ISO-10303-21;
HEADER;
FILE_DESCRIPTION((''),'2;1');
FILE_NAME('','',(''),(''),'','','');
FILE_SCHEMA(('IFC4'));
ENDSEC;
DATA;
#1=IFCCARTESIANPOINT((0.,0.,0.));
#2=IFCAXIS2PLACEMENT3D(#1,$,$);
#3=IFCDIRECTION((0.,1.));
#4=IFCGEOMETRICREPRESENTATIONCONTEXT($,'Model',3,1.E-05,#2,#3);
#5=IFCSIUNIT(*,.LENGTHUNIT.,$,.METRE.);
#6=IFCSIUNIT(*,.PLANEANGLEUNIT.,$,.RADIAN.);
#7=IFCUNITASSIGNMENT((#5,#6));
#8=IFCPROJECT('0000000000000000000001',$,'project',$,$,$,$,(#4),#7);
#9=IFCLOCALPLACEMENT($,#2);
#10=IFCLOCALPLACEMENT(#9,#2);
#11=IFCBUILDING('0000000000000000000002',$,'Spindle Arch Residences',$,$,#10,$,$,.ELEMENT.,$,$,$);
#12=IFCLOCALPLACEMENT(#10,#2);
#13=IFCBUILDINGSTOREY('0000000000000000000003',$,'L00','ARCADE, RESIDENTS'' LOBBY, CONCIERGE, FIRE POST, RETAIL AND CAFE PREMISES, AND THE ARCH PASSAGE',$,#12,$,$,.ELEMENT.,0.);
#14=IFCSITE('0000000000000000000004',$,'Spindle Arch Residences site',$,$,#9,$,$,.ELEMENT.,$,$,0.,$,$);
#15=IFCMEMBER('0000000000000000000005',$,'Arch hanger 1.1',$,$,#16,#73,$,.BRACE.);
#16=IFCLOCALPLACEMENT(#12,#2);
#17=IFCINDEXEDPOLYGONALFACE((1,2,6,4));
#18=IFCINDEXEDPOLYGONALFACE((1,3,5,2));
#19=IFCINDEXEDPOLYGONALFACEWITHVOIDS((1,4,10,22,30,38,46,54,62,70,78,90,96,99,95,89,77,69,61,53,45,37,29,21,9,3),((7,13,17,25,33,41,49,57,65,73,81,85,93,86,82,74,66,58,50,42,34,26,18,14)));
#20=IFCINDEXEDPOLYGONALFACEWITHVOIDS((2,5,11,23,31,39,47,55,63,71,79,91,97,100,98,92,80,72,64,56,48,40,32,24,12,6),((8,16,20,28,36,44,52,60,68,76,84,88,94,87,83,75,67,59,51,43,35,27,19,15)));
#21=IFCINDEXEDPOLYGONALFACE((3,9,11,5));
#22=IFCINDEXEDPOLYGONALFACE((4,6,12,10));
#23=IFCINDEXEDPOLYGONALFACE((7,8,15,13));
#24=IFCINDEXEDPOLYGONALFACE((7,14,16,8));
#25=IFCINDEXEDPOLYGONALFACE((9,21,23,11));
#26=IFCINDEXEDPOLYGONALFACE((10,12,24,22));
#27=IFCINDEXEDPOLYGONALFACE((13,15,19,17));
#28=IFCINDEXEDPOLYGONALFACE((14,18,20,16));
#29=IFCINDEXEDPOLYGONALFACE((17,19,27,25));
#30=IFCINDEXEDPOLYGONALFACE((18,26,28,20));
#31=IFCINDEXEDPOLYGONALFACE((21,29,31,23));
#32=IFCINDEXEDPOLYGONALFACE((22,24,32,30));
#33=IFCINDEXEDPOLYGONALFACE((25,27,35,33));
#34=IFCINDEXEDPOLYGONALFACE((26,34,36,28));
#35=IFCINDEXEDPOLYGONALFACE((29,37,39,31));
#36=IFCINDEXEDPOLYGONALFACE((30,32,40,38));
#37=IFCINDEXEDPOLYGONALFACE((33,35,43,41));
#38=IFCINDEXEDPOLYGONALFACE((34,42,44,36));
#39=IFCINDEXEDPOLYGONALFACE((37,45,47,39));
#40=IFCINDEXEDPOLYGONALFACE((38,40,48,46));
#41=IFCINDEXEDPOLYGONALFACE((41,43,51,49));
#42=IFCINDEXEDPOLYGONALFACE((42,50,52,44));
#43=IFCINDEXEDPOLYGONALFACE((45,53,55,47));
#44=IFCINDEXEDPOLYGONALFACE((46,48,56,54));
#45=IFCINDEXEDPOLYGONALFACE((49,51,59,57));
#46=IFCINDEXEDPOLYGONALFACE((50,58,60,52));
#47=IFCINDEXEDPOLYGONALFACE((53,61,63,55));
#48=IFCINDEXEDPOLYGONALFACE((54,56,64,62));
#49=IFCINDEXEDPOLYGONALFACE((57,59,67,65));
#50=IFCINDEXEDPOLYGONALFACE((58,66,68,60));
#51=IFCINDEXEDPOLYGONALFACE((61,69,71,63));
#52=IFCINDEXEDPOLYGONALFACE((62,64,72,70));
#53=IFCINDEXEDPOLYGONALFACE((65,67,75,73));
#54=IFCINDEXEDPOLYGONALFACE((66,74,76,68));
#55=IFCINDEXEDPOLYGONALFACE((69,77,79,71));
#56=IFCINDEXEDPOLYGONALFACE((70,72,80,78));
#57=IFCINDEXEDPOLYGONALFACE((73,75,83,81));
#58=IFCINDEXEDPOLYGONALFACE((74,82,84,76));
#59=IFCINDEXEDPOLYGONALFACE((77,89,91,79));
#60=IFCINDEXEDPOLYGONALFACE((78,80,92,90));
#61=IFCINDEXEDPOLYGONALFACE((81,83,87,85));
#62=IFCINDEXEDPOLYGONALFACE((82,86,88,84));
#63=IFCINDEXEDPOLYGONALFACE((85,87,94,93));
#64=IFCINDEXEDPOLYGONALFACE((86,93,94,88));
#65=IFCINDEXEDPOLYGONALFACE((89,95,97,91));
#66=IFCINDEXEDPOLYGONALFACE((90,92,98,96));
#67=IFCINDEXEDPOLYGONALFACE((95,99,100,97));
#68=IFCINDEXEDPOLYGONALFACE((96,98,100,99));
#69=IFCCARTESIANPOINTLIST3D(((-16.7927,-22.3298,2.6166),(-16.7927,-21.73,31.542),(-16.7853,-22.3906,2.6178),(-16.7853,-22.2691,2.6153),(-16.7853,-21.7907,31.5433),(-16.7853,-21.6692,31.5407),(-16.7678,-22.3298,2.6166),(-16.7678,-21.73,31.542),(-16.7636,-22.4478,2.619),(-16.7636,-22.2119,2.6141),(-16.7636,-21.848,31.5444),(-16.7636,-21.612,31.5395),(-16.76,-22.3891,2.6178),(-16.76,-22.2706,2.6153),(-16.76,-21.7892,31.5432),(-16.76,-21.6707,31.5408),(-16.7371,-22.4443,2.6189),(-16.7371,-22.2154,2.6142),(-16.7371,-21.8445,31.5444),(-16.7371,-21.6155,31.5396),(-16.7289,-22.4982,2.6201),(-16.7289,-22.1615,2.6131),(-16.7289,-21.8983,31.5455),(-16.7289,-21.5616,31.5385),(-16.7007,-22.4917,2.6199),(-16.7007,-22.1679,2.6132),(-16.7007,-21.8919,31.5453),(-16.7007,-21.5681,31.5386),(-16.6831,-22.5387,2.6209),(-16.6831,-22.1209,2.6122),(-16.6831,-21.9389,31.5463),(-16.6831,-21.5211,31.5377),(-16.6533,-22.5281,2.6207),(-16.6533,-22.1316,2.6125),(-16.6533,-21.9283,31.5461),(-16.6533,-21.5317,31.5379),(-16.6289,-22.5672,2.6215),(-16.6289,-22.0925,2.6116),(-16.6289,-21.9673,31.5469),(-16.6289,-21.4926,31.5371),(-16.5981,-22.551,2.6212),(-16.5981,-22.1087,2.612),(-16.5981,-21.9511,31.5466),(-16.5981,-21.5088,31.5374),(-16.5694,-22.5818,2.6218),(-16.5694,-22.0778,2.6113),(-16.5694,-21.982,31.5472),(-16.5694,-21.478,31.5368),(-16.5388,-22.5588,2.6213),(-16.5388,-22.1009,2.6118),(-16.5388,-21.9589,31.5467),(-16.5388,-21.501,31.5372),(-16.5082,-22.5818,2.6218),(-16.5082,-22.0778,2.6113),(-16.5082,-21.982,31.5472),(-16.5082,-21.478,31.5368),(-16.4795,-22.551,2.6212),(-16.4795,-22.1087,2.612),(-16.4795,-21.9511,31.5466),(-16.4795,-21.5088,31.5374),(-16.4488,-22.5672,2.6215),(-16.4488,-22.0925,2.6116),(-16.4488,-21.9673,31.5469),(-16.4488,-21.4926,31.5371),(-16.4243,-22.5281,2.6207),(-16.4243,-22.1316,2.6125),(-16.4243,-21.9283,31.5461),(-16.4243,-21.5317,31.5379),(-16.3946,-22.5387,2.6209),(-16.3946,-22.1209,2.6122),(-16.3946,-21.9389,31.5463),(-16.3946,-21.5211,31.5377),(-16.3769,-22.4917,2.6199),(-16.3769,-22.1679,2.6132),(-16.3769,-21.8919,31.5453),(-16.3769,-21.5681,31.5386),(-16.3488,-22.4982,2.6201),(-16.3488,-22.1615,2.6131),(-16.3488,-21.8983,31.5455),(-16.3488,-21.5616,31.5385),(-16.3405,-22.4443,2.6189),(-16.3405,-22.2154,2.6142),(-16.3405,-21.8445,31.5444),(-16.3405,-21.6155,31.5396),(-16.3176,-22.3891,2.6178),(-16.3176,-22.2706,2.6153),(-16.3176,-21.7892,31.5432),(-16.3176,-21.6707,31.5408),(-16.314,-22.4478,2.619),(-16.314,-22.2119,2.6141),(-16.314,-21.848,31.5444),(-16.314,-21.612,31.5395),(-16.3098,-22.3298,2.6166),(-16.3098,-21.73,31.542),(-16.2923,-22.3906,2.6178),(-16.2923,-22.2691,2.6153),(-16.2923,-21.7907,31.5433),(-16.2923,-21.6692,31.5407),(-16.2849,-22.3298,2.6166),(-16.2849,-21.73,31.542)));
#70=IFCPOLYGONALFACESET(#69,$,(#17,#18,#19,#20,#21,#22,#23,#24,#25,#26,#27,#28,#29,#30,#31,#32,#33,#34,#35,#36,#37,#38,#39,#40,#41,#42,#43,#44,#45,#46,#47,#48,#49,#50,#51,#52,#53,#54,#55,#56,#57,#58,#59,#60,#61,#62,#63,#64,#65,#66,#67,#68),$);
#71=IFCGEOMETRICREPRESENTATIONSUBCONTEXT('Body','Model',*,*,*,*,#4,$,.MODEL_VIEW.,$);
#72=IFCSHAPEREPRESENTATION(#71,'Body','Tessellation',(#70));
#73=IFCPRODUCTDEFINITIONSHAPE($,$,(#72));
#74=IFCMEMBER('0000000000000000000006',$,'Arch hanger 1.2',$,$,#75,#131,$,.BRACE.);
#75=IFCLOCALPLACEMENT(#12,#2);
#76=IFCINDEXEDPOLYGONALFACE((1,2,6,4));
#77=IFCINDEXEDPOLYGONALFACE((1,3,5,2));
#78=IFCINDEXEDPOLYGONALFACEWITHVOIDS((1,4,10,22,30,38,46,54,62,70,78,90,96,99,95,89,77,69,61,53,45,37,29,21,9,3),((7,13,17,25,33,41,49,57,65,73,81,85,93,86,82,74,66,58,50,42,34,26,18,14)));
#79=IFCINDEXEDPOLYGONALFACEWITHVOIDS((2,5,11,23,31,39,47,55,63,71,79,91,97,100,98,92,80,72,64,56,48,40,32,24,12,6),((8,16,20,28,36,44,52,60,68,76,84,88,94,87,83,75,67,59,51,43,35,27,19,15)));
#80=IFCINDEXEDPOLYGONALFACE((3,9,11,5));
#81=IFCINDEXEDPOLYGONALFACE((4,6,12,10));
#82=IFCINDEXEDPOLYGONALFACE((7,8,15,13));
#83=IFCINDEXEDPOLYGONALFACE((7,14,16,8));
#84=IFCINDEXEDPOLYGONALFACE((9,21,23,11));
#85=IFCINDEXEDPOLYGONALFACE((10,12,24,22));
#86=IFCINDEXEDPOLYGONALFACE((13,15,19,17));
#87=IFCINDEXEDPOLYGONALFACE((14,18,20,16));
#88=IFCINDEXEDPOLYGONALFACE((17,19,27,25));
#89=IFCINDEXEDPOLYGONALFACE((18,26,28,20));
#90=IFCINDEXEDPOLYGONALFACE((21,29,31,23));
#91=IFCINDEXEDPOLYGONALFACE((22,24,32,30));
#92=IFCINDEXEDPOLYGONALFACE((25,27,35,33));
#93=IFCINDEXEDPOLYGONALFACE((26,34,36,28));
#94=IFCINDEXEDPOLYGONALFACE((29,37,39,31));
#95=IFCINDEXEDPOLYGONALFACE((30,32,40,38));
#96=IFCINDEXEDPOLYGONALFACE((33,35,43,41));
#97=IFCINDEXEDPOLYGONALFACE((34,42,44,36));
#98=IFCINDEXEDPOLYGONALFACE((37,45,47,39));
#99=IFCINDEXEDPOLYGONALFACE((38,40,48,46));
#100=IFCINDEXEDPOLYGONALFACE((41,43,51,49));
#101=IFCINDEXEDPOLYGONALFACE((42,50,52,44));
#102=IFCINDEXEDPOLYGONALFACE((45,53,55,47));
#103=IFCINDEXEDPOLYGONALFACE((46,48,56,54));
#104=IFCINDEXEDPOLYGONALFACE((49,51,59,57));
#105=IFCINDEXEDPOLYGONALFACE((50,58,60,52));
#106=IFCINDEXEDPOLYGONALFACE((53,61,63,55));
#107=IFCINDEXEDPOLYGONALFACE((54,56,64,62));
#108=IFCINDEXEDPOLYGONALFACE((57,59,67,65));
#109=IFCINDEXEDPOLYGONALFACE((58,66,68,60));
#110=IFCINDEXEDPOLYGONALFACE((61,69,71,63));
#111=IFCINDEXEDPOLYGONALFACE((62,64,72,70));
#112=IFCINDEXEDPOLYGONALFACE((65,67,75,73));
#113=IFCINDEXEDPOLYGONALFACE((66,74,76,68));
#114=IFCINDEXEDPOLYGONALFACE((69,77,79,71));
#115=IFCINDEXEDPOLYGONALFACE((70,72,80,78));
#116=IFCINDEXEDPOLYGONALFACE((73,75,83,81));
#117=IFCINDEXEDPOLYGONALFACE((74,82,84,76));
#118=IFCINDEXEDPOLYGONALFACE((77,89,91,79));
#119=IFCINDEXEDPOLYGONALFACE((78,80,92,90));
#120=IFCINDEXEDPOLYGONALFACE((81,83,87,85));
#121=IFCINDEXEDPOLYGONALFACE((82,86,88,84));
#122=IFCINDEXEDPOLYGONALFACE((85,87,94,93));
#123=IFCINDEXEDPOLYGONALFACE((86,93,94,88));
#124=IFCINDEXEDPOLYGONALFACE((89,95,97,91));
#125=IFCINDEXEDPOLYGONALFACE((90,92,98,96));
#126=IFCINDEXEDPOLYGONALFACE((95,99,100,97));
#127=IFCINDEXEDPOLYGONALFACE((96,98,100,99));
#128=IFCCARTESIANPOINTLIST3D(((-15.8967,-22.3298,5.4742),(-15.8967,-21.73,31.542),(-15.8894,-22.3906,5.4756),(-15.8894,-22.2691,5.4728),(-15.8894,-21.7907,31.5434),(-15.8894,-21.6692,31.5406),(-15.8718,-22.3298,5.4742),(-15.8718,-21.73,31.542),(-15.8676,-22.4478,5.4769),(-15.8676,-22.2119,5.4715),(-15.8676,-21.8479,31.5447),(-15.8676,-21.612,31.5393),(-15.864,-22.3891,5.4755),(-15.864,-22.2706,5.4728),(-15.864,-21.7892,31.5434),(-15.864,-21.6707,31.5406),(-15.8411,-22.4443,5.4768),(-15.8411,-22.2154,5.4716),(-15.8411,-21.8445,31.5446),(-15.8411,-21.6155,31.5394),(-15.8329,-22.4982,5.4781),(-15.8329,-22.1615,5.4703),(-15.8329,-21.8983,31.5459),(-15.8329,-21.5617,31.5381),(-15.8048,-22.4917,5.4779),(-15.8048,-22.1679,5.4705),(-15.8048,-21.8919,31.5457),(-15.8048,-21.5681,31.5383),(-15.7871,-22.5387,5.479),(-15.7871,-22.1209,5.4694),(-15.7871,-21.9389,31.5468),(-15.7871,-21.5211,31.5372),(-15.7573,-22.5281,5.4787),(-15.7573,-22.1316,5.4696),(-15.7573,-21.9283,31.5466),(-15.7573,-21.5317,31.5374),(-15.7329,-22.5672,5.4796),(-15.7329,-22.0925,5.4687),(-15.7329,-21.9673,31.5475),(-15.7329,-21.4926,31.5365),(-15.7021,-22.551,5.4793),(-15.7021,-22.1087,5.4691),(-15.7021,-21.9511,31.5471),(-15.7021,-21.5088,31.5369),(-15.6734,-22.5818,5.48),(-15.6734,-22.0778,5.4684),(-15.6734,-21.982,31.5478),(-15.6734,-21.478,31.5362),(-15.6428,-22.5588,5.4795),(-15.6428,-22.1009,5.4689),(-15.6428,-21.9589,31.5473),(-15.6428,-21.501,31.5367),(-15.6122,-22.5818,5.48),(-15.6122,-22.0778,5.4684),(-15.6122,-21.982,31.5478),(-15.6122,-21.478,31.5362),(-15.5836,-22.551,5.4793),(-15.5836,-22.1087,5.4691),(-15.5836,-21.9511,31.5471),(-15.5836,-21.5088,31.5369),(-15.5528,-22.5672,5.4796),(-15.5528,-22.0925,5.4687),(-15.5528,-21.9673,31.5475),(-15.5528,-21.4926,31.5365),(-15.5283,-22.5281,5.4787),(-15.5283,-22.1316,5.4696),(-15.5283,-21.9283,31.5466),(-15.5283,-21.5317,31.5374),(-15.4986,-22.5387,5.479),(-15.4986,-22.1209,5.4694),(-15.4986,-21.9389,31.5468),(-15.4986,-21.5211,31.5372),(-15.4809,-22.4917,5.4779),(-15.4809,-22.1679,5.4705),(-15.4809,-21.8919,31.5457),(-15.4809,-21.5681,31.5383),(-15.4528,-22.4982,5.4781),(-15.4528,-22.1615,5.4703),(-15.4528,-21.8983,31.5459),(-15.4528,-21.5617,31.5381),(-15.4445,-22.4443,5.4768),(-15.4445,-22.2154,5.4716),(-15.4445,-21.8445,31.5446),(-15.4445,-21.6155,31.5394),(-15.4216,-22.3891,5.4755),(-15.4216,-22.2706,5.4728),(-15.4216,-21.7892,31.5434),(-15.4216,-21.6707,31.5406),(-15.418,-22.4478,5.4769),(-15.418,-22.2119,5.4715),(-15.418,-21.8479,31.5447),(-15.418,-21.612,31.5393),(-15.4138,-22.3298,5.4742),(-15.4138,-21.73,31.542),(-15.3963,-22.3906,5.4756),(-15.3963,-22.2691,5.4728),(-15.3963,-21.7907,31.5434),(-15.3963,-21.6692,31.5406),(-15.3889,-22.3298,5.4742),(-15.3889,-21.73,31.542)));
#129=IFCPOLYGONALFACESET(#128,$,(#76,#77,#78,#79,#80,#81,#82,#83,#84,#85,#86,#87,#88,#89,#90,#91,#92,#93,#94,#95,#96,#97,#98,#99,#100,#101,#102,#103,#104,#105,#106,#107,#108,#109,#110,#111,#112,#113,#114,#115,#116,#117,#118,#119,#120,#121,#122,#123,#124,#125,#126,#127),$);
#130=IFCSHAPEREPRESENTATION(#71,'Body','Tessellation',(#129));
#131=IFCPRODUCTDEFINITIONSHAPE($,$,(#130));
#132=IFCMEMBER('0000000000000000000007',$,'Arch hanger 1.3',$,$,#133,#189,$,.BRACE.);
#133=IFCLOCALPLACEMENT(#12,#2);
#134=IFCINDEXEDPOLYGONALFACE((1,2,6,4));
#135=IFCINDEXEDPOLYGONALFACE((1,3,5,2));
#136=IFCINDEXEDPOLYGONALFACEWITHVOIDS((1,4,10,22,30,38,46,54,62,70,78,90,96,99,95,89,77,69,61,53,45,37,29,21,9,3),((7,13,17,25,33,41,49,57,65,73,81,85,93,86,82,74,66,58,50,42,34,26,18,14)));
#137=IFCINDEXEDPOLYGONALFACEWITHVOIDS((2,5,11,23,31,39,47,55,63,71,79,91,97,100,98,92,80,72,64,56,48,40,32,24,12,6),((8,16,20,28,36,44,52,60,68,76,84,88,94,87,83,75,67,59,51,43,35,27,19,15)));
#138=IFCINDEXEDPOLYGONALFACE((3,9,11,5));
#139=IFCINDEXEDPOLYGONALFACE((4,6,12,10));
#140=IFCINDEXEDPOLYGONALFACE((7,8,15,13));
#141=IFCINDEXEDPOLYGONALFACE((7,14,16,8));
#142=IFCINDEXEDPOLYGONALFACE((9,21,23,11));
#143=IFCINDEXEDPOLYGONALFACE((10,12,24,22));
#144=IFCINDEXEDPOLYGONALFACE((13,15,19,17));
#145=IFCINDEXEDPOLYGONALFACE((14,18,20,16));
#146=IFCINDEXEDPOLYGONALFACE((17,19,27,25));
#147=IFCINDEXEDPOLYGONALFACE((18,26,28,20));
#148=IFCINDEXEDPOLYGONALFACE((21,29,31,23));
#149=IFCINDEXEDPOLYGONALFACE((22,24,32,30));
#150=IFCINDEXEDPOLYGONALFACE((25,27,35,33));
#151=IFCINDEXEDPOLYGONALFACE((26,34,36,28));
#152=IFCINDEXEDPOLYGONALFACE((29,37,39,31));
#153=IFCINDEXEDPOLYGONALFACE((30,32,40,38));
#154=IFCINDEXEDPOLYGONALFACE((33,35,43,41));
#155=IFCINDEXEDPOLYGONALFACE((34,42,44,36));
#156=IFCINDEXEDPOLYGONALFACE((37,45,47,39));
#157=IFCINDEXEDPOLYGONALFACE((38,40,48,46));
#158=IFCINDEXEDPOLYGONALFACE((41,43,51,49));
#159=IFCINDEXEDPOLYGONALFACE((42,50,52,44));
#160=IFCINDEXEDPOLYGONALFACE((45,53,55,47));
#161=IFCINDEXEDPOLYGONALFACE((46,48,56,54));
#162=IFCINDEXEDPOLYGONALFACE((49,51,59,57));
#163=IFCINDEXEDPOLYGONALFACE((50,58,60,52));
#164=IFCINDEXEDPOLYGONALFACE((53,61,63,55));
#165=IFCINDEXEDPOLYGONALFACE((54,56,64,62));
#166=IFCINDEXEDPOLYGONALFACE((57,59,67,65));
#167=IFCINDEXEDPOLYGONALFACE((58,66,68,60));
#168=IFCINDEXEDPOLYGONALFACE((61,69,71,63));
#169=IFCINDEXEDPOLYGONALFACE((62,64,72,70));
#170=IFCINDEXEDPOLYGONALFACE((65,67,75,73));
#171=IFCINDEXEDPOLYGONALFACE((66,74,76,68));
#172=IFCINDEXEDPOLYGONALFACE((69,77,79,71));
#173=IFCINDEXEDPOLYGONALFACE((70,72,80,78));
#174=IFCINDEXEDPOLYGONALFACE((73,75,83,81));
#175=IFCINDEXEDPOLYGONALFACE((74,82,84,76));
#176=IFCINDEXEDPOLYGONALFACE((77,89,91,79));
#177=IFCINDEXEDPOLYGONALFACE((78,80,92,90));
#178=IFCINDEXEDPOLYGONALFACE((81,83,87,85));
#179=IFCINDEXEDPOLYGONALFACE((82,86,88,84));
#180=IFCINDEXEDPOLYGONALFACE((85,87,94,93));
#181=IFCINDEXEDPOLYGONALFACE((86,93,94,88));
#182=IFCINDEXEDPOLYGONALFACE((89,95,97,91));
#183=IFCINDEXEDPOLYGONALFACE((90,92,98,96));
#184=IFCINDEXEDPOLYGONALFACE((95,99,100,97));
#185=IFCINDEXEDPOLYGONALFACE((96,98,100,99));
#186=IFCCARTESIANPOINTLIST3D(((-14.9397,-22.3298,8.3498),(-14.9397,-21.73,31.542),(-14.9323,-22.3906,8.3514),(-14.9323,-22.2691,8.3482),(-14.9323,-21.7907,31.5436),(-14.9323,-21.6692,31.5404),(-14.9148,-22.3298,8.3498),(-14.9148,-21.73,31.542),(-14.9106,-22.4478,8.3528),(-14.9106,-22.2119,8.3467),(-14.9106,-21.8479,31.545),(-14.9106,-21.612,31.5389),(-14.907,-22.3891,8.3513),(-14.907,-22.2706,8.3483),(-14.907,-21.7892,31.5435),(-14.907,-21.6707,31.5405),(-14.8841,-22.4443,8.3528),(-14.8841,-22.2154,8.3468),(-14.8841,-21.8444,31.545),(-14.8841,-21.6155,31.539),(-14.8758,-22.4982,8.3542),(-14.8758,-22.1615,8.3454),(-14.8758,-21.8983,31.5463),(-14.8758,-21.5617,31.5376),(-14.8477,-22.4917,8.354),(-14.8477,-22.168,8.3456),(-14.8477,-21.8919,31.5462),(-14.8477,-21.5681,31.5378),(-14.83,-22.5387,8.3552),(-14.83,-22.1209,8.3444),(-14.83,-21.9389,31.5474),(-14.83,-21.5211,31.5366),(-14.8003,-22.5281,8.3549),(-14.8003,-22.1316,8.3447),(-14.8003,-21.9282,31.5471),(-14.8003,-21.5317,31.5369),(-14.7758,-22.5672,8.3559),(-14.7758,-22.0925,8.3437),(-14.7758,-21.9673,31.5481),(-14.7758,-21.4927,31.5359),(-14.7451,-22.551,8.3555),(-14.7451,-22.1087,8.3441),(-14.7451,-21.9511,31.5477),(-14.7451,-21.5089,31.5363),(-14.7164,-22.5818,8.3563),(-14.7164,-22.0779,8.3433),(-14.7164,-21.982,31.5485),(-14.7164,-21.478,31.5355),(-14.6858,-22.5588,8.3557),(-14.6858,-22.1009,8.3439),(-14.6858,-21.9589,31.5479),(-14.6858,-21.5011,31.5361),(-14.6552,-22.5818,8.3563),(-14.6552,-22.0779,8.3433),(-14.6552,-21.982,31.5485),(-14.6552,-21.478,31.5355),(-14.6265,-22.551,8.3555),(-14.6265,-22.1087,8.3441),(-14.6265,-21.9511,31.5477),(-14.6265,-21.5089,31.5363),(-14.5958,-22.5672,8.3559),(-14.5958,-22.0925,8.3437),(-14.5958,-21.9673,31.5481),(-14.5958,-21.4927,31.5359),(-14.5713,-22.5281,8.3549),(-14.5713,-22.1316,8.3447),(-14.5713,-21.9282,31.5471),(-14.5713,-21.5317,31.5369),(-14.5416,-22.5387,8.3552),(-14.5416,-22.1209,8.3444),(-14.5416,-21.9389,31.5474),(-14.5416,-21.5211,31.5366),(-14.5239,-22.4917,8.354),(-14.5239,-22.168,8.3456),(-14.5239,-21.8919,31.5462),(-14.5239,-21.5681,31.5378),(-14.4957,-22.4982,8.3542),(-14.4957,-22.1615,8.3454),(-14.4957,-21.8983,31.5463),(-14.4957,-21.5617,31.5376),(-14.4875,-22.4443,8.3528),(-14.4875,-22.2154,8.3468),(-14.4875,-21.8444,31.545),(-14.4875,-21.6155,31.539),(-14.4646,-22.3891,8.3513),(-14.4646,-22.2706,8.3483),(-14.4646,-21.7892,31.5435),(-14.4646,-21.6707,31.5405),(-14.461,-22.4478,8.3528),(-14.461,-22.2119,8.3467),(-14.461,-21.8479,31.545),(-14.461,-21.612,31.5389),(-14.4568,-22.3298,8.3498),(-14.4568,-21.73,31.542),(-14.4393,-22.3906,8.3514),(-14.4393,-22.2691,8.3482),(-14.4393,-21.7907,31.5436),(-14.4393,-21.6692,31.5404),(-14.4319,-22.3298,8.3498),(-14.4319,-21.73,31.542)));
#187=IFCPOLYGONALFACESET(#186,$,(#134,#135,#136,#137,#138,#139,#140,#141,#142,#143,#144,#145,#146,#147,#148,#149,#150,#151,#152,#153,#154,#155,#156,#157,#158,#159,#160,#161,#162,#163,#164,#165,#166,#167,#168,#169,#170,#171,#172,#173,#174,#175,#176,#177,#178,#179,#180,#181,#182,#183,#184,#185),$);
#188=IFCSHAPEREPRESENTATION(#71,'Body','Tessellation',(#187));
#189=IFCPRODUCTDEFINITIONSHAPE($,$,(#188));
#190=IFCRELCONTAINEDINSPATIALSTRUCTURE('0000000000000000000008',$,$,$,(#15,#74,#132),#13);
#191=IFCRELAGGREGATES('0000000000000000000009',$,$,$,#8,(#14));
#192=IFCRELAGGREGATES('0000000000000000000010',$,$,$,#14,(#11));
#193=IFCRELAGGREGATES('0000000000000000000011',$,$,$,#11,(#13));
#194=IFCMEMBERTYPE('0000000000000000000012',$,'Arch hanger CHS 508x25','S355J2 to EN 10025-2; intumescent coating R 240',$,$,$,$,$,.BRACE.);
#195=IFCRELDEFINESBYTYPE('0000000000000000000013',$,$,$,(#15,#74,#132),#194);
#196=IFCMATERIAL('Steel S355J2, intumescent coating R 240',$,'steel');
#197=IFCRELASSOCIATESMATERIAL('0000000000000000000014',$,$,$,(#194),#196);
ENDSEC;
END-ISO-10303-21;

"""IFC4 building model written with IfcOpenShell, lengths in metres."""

from ifc_helpers import new_model, si_unit, direction, frame, origin, origin_2d, place, context, subcontext, project, spatial, hollow_circle, extrude, material, material_profile, profile_set, type_object, element, save


model = new_model("IFC4")

# Units and contexts
model_context = context("Model", 3, precision=1e-05, world=origin(), true_north=direction((0.0, 1.0)))
body_context = subcontext(model_context, "Body", "Model", "MODEL_VIEW")
ifc_project = project(units=[si_unit("LENGTHUNIT", "METRE"), si_unit("PLANEANGLEUNIT", "RADIAN")], contexts=[model_context])

# Site, building, storey
site_placement = place(None, origin())
site = spatial("IfcSite", under=ifc_project, at=site_placement, Name="Spindle Arch Residences site", CompositionType="ELEMENT", RefElevation=0.0)
building_placement = place(site_placement, origin())
building = spatial("IfcBuilding", under=site, at=building_placement, Name="Spindle Arch Residences", CompositionType="ELEMENT")
storey_placement = place(building_placement, origin())
storey = spatial("IfcBuildingStorey", under=building, at=storey_placement, Name="L00", Description="ARCADE, RESIDENTS' LOBBY, CONCIERGE, FIRE POST, RETAIL AND CAFE PREMISES, AND THE ARCH PASSAGE", CompositionType="ELEMENT", Elevation=0.0)

# Members
ifc_material_1 = material(Name="Steel S355J2, intumescent coating R 240", Category="steel")
ifc_material_profile_1 = material_profile(ifc_material_1, hollow_circle(Radius=0.2539, WallThickness=0.0249, at=origin_2d()), Name="CHS 508x25")
ifc_profile_set_1 = profile_set([ifc_material_profile_1], Name="Steel S355J2, intumescent coating R 240")
member_type_1 = type_object("IfcMemberType", Name="Arch hanger CHS 508x25", Description="S355J2 to EN 10025-2; intumescent coating R 240", PredefinedType="BRACE", material=ifc_profile_set_1)
member_1_placement = place(storey_placement, frame((-16.5388, -21.73, 31.542), z_axis=(0.0, -0.020733, -0.999785), x_axis=(1.0, 0.0, 0.0)))
element("IfcMember", 1, at=member_1_placement, inside=storey, type_object=member_type_1, Name="Arch hanger 1.1", PredefinedType="BRACE", context=body_context, shape_type="SweptSolid", body=[
    extrude(hollow_circle(Radius=0.2539, WallThickness=0.0249, at=origin_2d()), origin(), (0.0, 0.0, 1.0), 28.9316),
])
member_2_placement = place(storey_placement, frame((-15.6428, -21.73, 31.542), z_axis=(0.0, -0.023005, -0.999735), x_axis=(1.0, 0.0, 0.0)))
element("IfcMember", 2, at=member_2_placement, inside=storey, type_object=member_type_1, Name="Arch hanger 1.2", PredefinedType="BRACE", context=body_context, shape_type="SweptSolid", body=[
    extrude(hollow_circle(Radius=0.2539, WallThickness=0.0249, at=origin_2d()), origin(), (0.0, 0.0, 1.0), 26.0747),
])
member_3_placement = place(storey_placement, frame((-14.6858, -21.73, 31.542), z_axis=(0.0, -0.025856, -0.999666), x_axis=(1.0, 0.0, 0.0)))
element("IfcMember", 3, at=member_3_placement, inside=storey, type_object=member_type_1, Name="Arch hanger 1.3", PredefinedType="BRACE", context=body_context, shape_type="SweptSolid", body=[
    extrude(hollow_circle(Radius=0.2539, WallThickness=0.0249, at=origin_2d()), origin(), (0.0, 0.0, 1.0), 23.2),
])

save(model, "model.ifc")
